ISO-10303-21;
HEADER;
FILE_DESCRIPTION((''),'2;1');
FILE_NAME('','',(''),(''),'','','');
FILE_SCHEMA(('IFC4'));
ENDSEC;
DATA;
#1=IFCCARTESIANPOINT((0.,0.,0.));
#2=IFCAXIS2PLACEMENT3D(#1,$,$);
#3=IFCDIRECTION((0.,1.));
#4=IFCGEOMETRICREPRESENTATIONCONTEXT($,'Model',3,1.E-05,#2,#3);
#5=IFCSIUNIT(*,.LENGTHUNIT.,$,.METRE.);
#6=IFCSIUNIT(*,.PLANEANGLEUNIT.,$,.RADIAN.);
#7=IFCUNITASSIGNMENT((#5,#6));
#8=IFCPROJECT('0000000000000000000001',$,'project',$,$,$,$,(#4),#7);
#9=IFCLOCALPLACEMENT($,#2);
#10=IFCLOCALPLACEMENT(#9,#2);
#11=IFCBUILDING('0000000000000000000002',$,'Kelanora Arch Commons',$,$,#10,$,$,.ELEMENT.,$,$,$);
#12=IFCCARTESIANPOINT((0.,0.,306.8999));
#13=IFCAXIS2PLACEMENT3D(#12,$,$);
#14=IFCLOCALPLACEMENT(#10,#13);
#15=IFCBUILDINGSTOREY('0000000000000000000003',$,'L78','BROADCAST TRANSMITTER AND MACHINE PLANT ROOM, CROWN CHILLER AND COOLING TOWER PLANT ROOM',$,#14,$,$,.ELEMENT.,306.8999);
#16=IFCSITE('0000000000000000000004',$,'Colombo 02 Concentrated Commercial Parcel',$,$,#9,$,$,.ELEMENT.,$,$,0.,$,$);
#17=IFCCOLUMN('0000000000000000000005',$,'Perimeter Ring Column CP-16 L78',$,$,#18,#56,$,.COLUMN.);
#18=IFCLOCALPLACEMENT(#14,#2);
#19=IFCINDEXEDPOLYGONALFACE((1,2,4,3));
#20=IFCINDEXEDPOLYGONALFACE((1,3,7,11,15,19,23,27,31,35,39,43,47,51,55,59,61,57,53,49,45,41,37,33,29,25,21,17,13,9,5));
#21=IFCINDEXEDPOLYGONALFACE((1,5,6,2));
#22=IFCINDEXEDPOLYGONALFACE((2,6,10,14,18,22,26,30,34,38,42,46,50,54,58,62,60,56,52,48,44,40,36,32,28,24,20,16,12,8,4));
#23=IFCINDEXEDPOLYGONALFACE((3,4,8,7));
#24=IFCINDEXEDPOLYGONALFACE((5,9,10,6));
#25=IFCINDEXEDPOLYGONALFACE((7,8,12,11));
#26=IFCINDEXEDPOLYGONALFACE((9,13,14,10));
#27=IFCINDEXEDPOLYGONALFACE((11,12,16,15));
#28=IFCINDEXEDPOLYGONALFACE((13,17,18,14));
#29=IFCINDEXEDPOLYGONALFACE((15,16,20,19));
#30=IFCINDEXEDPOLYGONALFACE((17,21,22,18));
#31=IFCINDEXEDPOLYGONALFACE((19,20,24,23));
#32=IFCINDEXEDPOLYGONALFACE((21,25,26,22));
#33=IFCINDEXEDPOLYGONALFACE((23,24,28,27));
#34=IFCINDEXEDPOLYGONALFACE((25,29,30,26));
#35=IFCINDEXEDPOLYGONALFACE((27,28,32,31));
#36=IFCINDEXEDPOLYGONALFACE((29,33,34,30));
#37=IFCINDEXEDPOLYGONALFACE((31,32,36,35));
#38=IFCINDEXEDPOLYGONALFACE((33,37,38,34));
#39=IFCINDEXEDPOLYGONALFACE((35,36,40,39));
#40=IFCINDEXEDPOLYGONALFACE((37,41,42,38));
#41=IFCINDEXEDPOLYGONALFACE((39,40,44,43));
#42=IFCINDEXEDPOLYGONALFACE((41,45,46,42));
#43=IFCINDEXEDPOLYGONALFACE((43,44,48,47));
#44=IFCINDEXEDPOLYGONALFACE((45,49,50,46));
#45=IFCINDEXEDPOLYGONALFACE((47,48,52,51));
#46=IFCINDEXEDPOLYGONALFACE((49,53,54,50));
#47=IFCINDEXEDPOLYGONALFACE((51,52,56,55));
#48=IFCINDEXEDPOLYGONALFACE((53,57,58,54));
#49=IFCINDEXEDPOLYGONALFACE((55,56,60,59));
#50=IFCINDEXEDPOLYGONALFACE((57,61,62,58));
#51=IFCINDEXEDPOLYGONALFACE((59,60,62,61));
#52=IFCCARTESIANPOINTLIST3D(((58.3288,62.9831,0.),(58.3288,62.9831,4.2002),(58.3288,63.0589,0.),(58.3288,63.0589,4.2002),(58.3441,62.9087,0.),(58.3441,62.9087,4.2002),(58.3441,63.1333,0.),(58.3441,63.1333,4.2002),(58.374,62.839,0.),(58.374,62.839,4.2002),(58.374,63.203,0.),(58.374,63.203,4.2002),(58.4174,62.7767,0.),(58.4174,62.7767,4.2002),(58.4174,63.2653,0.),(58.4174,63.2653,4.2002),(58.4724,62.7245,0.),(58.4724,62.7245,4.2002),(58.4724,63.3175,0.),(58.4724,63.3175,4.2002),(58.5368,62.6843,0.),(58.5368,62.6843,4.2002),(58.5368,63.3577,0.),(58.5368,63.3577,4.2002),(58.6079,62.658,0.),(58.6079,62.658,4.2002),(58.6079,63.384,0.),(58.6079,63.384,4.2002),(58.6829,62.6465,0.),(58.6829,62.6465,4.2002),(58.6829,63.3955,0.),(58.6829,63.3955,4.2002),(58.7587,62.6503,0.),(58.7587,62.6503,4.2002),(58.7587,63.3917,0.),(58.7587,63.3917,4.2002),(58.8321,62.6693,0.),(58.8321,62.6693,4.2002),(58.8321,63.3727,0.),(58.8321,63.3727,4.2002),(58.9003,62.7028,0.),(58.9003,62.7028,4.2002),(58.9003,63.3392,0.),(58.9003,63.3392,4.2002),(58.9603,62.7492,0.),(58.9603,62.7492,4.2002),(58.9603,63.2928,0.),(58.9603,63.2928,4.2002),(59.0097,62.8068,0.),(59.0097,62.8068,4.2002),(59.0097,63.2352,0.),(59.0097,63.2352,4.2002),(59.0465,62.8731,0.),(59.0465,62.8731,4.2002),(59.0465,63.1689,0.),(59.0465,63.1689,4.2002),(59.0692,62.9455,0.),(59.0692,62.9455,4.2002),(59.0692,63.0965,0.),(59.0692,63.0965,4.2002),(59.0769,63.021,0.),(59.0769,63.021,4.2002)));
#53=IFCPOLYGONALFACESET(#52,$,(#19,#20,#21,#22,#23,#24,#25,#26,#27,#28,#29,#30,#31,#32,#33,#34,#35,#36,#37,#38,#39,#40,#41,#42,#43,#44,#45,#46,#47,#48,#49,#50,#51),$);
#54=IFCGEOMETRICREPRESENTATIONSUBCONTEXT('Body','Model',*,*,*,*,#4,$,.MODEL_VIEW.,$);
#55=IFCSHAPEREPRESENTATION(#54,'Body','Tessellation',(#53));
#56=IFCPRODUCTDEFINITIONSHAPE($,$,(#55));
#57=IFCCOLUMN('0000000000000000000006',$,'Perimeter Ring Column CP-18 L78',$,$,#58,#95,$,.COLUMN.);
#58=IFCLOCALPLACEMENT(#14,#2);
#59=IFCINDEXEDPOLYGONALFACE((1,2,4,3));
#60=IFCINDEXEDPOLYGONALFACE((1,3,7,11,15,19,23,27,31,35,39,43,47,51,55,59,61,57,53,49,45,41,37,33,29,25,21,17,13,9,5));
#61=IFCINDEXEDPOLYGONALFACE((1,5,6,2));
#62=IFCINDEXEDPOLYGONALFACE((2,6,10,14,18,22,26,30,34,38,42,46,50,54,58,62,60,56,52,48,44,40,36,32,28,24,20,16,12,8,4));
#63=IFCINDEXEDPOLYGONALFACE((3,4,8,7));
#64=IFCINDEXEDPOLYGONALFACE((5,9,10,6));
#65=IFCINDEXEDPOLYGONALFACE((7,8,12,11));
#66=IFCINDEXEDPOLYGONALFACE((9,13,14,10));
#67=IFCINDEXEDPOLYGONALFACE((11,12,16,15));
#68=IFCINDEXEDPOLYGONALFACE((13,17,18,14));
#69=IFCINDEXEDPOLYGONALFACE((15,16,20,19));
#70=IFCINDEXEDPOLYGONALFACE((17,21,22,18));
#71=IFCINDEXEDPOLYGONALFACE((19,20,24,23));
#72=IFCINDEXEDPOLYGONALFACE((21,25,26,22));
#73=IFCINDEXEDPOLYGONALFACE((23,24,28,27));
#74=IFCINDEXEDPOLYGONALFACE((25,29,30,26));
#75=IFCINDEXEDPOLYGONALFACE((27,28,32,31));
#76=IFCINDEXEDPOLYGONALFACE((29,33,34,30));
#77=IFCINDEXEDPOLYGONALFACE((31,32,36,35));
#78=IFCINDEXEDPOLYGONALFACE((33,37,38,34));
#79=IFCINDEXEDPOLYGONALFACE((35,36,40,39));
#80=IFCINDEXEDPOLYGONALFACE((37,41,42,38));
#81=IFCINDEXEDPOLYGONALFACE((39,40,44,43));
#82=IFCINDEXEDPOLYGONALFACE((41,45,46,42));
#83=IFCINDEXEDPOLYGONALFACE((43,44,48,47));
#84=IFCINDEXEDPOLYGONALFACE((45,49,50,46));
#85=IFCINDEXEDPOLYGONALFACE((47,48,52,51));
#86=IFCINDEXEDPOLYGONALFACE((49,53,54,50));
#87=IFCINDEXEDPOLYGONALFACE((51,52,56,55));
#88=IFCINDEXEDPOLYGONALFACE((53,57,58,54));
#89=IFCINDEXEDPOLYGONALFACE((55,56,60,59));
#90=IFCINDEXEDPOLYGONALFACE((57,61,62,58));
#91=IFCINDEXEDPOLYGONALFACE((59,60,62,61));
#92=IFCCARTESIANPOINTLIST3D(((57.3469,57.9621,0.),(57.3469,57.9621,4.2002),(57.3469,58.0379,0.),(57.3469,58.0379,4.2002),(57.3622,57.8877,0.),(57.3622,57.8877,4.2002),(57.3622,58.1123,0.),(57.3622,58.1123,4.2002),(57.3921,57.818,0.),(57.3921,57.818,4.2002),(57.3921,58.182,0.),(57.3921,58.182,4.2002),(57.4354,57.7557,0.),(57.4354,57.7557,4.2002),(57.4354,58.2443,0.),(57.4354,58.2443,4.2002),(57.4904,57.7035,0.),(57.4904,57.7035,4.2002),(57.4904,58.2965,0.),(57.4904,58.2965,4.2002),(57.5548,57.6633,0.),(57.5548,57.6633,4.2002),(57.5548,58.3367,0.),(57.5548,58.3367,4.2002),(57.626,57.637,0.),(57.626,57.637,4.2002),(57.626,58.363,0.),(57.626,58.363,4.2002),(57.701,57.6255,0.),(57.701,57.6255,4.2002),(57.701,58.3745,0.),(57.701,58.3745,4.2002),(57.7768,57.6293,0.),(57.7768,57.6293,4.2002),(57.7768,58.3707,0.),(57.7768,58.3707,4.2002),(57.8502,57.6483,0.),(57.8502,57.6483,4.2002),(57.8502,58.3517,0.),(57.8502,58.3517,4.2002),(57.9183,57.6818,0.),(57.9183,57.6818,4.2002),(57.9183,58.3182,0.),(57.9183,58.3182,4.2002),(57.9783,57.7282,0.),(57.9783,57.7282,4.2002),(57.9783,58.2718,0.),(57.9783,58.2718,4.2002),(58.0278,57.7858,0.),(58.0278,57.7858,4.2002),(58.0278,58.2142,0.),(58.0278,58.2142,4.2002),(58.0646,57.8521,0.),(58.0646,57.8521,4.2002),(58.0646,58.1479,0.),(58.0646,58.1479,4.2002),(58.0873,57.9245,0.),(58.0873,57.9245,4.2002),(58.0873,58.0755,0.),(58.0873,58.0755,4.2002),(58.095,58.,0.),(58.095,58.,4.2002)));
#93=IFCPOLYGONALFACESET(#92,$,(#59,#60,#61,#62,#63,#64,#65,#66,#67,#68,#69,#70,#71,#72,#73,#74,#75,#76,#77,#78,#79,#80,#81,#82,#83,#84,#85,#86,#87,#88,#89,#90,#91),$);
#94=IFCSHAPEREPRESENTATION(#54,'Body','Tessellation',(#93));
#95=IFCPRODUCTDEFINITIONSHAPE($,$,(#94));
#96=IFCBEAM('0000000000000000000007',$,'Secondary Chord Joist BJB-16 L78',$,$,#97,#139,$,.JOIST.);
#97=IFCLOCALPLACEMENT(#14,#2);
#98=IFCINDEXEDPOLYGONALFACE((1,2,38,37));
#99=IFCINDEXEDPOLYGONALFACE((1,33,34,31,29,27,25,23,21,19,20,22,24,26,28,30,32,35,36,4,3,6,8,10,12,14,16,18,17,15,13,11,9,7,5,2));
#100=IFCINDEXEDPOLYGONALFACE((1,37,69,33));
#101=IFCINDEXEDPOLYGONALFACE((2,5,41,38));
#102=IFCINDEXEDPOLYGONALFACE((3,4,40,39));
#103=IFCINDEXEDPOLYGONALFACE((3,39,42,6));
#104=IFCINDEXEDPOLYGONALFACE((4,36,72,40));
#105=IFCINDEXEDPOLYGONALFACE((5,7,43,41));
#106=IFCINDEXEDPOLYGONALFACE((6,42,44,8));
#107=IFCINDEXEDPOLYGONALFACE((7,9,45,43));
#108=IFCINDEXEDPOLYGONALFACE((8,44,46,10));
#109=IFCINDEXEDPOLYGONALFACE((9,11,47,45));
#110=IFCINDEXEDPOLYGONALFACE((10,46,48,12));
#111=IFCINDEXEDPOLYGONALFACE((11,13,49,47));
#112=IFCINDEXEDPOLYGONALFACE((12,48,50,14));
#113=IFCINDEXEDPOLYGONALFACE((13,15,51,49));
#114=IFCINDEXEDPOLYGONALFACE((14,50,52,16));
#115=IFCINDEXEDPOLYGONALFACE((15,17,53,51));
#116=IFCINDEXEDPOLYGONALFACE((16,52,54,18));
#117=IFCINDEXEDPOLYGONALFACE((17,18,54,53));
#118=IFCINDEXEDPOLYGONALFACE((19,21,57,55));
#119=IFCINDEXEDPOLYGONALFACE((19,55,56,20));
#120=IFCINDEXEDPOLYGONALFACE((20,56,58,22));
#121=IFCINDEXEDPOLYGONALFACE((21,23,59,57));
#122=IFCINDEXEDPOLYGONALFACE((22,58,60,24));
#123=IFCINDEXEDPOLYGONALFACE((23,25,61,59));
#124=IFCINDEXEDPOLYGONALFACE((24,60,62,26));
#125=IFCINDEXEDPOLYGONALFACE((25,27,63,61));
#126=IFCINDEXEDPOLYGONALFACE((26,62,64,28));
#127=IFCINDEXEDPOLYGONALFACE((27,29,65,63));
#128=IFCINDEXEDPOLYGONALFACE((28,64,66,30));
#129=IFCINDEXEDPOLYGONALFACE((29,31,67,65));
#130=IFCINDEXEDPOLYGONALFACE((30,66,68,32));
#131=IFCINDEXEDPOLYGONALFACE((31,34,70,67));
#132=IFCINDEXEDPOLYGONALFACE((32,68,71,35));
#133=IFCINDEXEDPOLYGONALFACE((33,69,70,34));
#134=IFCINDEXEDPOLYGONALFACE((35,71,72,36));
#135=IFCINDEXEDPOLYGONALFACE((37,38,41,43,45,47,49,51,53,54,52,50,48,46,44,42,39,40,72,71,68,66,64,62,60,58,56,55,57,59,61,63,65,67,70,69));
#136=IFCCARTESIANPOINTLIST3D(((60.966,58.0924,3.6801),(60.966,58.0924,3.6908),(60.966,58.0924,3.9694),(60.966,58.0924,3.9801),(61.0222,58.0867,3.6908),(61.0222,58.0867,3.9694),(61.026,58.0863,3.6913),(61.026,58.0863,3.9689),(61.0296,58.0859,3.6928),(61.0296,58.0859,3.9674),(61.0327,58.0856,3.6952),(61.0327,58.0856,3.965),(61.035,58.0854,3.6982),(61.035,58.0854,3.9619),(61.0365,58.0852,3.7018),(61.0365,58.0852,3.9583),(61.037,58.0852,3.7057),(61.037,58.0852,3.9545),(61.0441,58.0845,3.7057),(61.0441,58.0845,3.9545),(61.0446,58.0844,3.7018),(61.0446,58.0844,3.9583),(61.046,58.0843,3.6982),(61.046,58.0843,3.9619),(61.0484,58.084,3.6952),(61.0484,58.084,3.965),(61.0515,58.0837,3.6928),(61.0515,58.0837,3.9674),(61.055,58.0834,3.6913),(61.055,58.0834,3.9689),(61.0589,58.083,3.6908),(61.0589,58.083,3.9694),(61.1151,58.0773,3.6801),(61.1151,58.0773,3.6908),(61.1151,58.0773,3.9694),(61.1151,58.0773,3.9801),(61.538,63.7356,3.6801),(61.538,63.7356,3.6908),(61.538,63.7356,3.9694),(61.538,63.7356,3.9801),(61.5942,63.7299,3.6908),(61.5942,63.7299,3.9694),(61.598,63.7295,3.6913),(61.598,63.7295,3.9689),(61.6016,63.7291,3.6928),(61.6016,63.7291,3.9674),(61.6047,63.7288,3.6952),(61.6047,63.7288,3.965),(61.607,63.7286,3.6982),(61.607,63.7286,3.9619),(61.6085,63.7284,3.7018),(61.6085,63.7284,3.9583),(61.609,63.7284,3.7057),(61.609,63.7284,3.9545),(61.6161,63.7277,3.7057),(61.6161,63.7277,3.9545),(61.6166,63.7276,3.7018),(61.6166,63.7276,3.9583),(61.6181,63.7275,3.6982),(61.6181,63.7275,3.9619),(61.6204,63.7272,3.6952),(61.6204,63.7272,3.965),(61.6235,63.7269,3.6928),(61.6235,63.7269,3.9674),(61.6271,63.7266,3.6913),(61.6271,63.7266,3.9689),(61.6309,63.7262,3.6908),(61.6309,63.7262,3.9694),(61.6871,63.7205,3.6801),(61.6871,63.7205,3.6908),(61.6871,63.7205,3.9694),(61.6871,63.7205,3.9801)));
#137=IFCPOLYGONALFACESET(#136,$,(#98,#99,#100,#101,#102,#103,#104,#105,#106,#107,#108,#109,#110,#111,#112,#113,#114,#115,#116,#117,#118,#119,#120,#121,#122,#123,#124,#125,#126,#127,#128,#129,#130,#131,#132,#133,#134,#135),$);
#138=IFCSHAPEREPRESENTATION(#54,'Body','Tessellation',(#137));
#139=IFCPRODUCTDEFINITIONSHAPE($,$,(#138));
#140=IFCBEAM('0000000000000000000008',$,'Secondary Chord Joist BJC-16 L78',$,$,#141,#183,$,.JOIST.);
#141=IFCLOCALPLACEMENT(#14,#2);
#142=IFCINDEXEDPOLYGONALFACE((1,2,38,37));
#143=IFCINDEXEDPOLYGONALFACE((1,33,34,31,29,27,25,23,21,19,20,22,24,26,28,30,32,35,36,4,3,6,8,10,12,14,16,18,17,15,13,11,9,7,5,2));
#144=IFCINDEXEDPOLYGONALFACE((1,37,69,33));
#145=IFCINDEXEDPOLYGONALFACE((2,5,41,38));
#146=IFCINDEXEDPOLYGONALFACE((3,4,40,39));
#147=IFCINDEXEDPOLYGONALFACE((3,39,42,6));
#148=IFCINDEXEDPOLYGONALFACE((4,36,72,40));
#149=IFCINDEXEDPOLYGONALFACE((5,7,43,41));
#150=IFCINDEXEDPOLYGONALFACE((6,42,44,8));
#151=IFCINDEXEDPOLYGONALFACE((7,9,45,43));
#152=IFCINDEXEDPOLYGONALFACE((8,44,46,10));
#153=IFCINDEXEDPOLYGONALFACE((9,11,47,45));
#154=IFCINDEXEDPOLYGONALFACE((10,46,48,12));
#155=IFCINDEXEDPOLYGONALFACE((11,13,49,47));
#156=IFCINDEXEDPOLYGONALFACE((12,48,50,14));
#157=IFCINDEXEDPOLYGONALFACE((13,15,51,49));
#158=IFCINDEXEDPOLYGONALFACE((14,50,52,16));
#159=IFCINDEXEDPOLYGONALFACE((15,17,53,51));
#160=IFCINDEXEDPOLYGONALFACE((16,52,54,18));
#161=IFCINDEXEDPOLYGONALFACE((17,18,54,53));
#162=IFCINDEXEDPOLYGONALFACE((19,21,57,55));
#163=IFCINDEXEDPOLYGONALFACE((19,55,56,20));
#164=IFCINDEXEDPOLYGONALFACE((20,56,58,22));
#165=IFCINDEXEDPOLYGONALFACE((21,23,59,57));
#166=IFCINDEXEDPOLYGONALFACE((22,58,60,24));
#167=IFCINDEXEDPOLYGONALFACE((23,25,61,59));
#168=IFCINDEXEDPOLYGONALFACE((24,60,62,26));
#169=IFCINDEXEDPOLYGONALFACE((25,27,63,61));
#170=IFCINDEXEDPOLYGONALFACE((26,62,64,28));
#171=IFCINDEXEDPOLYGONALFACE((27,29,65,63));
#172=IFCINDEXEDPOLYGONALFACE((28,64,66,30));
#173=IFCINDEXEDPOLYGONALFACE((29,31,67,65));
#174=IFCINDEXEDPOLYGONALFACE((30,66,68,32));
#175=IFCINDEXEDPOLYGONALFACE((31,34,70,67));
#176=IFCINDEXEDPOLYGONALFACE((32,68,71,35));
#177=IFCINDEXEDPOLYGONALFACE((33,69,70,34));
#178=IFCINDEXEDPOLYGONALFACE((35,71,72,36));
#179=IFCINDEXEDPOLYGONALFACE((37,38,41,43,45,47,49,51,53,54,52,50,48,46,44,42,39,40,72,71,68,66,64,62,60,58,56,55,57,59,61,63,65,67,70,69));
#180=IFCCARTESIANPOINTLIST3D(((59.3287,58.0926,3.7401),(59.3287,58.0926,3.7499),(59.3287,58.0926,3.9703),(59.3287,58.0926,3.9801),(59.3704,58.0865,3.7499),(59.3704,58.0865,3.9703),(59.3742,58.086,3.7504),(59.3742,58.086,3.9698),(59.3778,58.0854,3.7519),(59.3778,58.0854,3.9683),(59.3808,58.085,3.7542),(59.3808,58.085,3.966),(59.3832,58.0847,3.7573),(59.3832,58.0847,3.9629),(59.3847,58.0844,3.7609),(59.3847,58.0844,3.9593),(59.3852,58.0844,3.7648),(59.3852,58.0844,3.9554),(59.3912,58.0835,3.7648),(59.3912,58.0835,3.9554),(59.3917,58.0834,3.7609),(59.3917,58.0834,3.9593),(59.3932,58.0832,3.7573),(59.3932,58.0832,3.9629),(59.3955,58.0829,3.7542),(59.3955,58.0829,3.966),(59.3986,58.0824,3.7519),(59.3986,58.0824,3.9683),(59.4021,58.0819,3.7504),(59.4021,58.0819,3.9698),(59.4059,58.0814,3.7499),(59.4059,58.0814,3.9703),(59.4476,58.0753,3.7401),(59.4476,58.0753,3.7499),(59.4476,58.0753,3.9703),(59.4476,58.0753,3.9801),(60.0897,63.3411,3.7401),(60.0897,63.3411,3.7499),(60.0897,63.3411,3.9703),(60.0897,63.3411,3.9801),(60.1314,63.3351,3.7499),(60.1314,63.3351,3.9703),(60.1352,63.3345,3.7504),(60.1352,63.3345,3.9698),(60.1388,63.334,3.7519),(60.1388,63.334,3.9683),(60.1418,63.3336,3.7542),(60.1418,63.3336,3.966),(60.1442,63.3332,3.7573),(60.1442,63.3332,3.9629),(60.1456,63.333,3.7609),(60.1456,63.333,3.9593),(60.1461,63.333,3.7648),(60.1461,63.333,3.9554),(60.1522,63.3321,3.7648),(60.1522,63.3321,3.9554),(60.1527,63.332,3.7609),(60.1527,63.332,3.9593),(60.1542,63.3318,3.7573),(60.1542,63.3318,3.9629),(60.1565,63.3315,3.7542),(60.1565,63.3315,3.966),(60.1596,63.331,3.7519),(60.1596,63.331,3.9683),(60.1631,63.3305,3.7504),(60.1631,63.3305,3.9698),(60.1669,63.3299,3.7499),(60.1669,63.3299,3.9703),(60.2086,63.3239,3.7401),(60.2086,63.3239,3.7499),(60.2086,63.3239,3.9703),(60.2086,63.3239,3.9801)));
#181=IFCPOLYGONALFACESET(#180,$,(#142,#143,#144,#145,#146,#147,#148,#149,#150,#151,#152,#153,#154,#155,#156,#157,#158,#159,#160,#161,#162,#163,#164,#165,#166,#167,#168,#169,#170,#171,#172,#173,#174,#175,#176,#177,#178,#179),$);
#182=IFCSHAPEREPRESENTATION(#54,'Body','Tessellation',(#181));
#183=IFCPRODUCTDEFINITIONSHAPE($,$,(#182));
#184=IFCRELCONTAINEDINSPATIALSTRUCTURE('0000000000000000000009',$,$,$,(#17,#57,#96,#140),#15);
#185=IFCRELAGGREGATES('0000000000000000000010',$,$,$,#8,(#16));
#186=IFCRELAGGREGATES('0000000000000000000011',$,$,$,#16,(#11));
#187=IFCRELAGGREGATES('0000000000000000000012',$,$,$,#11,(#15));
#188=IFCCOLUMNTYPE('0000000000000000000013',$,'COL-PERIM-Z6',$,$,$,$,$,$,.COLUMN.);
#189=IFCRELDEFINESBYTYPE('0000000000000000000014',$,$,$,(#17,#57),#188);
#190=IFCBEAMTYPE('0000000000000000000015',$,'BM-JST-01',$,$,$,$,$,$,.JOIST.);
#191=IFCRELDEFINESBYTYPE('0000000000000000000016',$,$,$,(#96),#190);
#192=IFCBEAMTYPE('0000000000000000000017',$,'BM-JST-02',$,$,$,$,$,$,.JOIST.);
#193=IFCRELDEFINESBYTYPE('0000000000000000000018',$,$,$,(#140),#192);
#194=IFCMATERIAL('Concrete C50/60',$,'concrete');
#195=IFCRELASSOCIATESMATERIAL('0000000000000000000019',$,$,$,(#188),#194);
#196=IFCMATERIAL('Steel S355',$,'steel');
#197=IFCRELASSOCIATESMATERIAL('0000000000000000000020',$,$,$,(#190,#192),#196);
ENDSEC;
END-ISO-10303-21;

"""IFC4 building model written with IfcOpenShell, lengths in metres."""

from ifc_helpers import new_model, si_unit, direction, frame, origin, origin_2d, place, context, subcontext, project, spatial, circle, i_section, extrude, material, material_profile, profile_set, type_object, element, save


model = new_model("IFC4")

# Units and contexts
model_context = context("Model", 3, precision=1e-05, world=origin(), true_north=direction((0.0, 1.0)))
body_context = subcontext(model_context, "Body", "Model", "MODEL_VIEW")
ifc_project = project(units=[si_unit("LENGTHUNIT", "METRE"), si_unit("PLANEANGLEUNIT", "RADIAN")], contexts=[model_context])

# Site, building, storey
site_placement = place(None, origin())
site = spatial("IfcSite", under=ifc_project, at=site_placement, Name="Colombo 02 Concentrated Commercial Parcel", CompositionType="ELEMENT", RefElevation=0.0)
building_placement = place(site_placement, origin())
building = spatial("IfcBuilding", under=site, at=building_placement, Name="Kelanora Arch Commons", CompositionType="ELEMENT")
storey_placement = place(building_placement, frame((0.0, 0.0, 306.8999)))
storey = spatial("IfcBuildingStorey", under=building, at=storey_placement, Name="L78", Description="BROADCAST TRANSMITTER AND MACHINE PLANT ROOM, CROWN CHILLER AND COOLING TOWER PLANT ROOM", CompositionType="ELEMENT", Elevation=306.8999)

# Columns
ifc_material_1 = material(Name="Concrete C50/60", Category="concrete")
ifc_material_profile_1 = material_profile(ifc_material_1, circle(Radius=0.375, at=origin_2d()), Name="RCC750")
ifc_profile_set_1 = profile_set([ifc_material_profile_1], Name="Concrete C50/60")
column_type = type_object("IfcColumnType", Name="COL-PERIM-Z6", PredefinedType="COLUMN", material=ifc_profile_set_1)
for number, where, z_axis, x_axis, name in (
    (1, (58.7019, 63.021, 0.0), (0.0, 0.0, 1.0), (1.0, 0.0, 0.0), "Perimeter Ring Column CP-16 L78"),
    (2, (57.72, 58.0, 0.0), (0.0, 0.0, 1.0), (1.0, 0.0, 0.0), "Perimeter Ring Column CP-18 L78"),
):
    element("IfcColumn", number, at=place(storey_placement, frame(where, z_axis=z_axis, x_axis=x_axis)), inside=storey, type_object=column_type, Name=name, PredefinedType="COLUMN", context=body_context, shape_type="SweptSolid", body=[
        extrude(circle(Radius=0.375, at=origin_2d()), origin(), (0.0, 0.0, 1.0), 4.2002),
    ])

# Beams
ifc_material_2 = material(Name="Steel S355", Category="steel")
ifc_material_profile_2 = material_profile(ifc_material_2, i_section(OverallWidth=0.1499, OverallDepth=0.3, WebThickness=0.0071, FlangeThickness=0.0107, FilletRadius=0.0149, at=origin_2d()), Name="IPE300")
ifc_profile_set_2 = profile_set([ifc_material_profile_2], Name="Steel S355")
beam_type_1 = type_object("IfcBeamType", Name="BM-JST-01", PredefinedType="JOIST", material=ifc_profile_set_2)
beam_1_placement = place(storey_placement, frame((61.6125, 63.728, 3.8301), z_axis=(-0.100846, -0.994902, 0.0), x_axis=(0.994902, -0.100846, 0.0)))
element("IfcBeam", 3, at=beam_1_placement, inside=storey, type_object=beam_type_1, Name="Secondary Chord Joist BJB-16 L78", PredefinedType="JOIST", context=body_context, shape_type="SweptSolid", body=[
    extrude(i_section(OverallWidth=0.1499, OverallDepth=0.3, WebThickness=0.0071, FlangeThickness=0.0107, FilletRadius=0.0149, at=origin_2d()), origin(), (0.0, 0.0, 1.0), 5.6721),
])
ifc_material_profile_3 = material_profile(ifc_material_2, i_section(OverallWidth=0.1201, OverallDepth=0.24, WebThickness=0.0061, FlangeThickness=0.0098, FilletRadius=0.0149, at=origin_2d()), Name="IPE240")
ifc_profile_set_3 = profile_set([ifc_material_profile_3], Name="Steel S355")
beam_type_2 = type_object("IfcBeamType", Name="BM-JST-02", PredefinedType="JOIST", material=ifc_profile_set_3)
beam_2_placement = place(storey_placement, frame((60.1492, 63.3325, 3.8601), z_axis=(-0.14349, -0.989652, 0.0), x_axis=(0.989652, -0.14349, 0.0)))
element("IfcBeam", 4, at=beam_2_placement, inside=storey, type_object=beam_type_2, Name="Secondary Chord Joist BJC-16 L78", PredefinedType="JOIST", context=body_context, shape_type="SweptSolid", body=[
    extrude(i_section(OverallWidth=0.1201, OverallDepth=0.24, WebThickness=0.0061, FlangeThickness=0.0098, FilletRadius=0.0149, at=origin_2d()), origin(), (0.0, 0.0, 1.0), 5.3035),
])

save(model, "model.ifc")
